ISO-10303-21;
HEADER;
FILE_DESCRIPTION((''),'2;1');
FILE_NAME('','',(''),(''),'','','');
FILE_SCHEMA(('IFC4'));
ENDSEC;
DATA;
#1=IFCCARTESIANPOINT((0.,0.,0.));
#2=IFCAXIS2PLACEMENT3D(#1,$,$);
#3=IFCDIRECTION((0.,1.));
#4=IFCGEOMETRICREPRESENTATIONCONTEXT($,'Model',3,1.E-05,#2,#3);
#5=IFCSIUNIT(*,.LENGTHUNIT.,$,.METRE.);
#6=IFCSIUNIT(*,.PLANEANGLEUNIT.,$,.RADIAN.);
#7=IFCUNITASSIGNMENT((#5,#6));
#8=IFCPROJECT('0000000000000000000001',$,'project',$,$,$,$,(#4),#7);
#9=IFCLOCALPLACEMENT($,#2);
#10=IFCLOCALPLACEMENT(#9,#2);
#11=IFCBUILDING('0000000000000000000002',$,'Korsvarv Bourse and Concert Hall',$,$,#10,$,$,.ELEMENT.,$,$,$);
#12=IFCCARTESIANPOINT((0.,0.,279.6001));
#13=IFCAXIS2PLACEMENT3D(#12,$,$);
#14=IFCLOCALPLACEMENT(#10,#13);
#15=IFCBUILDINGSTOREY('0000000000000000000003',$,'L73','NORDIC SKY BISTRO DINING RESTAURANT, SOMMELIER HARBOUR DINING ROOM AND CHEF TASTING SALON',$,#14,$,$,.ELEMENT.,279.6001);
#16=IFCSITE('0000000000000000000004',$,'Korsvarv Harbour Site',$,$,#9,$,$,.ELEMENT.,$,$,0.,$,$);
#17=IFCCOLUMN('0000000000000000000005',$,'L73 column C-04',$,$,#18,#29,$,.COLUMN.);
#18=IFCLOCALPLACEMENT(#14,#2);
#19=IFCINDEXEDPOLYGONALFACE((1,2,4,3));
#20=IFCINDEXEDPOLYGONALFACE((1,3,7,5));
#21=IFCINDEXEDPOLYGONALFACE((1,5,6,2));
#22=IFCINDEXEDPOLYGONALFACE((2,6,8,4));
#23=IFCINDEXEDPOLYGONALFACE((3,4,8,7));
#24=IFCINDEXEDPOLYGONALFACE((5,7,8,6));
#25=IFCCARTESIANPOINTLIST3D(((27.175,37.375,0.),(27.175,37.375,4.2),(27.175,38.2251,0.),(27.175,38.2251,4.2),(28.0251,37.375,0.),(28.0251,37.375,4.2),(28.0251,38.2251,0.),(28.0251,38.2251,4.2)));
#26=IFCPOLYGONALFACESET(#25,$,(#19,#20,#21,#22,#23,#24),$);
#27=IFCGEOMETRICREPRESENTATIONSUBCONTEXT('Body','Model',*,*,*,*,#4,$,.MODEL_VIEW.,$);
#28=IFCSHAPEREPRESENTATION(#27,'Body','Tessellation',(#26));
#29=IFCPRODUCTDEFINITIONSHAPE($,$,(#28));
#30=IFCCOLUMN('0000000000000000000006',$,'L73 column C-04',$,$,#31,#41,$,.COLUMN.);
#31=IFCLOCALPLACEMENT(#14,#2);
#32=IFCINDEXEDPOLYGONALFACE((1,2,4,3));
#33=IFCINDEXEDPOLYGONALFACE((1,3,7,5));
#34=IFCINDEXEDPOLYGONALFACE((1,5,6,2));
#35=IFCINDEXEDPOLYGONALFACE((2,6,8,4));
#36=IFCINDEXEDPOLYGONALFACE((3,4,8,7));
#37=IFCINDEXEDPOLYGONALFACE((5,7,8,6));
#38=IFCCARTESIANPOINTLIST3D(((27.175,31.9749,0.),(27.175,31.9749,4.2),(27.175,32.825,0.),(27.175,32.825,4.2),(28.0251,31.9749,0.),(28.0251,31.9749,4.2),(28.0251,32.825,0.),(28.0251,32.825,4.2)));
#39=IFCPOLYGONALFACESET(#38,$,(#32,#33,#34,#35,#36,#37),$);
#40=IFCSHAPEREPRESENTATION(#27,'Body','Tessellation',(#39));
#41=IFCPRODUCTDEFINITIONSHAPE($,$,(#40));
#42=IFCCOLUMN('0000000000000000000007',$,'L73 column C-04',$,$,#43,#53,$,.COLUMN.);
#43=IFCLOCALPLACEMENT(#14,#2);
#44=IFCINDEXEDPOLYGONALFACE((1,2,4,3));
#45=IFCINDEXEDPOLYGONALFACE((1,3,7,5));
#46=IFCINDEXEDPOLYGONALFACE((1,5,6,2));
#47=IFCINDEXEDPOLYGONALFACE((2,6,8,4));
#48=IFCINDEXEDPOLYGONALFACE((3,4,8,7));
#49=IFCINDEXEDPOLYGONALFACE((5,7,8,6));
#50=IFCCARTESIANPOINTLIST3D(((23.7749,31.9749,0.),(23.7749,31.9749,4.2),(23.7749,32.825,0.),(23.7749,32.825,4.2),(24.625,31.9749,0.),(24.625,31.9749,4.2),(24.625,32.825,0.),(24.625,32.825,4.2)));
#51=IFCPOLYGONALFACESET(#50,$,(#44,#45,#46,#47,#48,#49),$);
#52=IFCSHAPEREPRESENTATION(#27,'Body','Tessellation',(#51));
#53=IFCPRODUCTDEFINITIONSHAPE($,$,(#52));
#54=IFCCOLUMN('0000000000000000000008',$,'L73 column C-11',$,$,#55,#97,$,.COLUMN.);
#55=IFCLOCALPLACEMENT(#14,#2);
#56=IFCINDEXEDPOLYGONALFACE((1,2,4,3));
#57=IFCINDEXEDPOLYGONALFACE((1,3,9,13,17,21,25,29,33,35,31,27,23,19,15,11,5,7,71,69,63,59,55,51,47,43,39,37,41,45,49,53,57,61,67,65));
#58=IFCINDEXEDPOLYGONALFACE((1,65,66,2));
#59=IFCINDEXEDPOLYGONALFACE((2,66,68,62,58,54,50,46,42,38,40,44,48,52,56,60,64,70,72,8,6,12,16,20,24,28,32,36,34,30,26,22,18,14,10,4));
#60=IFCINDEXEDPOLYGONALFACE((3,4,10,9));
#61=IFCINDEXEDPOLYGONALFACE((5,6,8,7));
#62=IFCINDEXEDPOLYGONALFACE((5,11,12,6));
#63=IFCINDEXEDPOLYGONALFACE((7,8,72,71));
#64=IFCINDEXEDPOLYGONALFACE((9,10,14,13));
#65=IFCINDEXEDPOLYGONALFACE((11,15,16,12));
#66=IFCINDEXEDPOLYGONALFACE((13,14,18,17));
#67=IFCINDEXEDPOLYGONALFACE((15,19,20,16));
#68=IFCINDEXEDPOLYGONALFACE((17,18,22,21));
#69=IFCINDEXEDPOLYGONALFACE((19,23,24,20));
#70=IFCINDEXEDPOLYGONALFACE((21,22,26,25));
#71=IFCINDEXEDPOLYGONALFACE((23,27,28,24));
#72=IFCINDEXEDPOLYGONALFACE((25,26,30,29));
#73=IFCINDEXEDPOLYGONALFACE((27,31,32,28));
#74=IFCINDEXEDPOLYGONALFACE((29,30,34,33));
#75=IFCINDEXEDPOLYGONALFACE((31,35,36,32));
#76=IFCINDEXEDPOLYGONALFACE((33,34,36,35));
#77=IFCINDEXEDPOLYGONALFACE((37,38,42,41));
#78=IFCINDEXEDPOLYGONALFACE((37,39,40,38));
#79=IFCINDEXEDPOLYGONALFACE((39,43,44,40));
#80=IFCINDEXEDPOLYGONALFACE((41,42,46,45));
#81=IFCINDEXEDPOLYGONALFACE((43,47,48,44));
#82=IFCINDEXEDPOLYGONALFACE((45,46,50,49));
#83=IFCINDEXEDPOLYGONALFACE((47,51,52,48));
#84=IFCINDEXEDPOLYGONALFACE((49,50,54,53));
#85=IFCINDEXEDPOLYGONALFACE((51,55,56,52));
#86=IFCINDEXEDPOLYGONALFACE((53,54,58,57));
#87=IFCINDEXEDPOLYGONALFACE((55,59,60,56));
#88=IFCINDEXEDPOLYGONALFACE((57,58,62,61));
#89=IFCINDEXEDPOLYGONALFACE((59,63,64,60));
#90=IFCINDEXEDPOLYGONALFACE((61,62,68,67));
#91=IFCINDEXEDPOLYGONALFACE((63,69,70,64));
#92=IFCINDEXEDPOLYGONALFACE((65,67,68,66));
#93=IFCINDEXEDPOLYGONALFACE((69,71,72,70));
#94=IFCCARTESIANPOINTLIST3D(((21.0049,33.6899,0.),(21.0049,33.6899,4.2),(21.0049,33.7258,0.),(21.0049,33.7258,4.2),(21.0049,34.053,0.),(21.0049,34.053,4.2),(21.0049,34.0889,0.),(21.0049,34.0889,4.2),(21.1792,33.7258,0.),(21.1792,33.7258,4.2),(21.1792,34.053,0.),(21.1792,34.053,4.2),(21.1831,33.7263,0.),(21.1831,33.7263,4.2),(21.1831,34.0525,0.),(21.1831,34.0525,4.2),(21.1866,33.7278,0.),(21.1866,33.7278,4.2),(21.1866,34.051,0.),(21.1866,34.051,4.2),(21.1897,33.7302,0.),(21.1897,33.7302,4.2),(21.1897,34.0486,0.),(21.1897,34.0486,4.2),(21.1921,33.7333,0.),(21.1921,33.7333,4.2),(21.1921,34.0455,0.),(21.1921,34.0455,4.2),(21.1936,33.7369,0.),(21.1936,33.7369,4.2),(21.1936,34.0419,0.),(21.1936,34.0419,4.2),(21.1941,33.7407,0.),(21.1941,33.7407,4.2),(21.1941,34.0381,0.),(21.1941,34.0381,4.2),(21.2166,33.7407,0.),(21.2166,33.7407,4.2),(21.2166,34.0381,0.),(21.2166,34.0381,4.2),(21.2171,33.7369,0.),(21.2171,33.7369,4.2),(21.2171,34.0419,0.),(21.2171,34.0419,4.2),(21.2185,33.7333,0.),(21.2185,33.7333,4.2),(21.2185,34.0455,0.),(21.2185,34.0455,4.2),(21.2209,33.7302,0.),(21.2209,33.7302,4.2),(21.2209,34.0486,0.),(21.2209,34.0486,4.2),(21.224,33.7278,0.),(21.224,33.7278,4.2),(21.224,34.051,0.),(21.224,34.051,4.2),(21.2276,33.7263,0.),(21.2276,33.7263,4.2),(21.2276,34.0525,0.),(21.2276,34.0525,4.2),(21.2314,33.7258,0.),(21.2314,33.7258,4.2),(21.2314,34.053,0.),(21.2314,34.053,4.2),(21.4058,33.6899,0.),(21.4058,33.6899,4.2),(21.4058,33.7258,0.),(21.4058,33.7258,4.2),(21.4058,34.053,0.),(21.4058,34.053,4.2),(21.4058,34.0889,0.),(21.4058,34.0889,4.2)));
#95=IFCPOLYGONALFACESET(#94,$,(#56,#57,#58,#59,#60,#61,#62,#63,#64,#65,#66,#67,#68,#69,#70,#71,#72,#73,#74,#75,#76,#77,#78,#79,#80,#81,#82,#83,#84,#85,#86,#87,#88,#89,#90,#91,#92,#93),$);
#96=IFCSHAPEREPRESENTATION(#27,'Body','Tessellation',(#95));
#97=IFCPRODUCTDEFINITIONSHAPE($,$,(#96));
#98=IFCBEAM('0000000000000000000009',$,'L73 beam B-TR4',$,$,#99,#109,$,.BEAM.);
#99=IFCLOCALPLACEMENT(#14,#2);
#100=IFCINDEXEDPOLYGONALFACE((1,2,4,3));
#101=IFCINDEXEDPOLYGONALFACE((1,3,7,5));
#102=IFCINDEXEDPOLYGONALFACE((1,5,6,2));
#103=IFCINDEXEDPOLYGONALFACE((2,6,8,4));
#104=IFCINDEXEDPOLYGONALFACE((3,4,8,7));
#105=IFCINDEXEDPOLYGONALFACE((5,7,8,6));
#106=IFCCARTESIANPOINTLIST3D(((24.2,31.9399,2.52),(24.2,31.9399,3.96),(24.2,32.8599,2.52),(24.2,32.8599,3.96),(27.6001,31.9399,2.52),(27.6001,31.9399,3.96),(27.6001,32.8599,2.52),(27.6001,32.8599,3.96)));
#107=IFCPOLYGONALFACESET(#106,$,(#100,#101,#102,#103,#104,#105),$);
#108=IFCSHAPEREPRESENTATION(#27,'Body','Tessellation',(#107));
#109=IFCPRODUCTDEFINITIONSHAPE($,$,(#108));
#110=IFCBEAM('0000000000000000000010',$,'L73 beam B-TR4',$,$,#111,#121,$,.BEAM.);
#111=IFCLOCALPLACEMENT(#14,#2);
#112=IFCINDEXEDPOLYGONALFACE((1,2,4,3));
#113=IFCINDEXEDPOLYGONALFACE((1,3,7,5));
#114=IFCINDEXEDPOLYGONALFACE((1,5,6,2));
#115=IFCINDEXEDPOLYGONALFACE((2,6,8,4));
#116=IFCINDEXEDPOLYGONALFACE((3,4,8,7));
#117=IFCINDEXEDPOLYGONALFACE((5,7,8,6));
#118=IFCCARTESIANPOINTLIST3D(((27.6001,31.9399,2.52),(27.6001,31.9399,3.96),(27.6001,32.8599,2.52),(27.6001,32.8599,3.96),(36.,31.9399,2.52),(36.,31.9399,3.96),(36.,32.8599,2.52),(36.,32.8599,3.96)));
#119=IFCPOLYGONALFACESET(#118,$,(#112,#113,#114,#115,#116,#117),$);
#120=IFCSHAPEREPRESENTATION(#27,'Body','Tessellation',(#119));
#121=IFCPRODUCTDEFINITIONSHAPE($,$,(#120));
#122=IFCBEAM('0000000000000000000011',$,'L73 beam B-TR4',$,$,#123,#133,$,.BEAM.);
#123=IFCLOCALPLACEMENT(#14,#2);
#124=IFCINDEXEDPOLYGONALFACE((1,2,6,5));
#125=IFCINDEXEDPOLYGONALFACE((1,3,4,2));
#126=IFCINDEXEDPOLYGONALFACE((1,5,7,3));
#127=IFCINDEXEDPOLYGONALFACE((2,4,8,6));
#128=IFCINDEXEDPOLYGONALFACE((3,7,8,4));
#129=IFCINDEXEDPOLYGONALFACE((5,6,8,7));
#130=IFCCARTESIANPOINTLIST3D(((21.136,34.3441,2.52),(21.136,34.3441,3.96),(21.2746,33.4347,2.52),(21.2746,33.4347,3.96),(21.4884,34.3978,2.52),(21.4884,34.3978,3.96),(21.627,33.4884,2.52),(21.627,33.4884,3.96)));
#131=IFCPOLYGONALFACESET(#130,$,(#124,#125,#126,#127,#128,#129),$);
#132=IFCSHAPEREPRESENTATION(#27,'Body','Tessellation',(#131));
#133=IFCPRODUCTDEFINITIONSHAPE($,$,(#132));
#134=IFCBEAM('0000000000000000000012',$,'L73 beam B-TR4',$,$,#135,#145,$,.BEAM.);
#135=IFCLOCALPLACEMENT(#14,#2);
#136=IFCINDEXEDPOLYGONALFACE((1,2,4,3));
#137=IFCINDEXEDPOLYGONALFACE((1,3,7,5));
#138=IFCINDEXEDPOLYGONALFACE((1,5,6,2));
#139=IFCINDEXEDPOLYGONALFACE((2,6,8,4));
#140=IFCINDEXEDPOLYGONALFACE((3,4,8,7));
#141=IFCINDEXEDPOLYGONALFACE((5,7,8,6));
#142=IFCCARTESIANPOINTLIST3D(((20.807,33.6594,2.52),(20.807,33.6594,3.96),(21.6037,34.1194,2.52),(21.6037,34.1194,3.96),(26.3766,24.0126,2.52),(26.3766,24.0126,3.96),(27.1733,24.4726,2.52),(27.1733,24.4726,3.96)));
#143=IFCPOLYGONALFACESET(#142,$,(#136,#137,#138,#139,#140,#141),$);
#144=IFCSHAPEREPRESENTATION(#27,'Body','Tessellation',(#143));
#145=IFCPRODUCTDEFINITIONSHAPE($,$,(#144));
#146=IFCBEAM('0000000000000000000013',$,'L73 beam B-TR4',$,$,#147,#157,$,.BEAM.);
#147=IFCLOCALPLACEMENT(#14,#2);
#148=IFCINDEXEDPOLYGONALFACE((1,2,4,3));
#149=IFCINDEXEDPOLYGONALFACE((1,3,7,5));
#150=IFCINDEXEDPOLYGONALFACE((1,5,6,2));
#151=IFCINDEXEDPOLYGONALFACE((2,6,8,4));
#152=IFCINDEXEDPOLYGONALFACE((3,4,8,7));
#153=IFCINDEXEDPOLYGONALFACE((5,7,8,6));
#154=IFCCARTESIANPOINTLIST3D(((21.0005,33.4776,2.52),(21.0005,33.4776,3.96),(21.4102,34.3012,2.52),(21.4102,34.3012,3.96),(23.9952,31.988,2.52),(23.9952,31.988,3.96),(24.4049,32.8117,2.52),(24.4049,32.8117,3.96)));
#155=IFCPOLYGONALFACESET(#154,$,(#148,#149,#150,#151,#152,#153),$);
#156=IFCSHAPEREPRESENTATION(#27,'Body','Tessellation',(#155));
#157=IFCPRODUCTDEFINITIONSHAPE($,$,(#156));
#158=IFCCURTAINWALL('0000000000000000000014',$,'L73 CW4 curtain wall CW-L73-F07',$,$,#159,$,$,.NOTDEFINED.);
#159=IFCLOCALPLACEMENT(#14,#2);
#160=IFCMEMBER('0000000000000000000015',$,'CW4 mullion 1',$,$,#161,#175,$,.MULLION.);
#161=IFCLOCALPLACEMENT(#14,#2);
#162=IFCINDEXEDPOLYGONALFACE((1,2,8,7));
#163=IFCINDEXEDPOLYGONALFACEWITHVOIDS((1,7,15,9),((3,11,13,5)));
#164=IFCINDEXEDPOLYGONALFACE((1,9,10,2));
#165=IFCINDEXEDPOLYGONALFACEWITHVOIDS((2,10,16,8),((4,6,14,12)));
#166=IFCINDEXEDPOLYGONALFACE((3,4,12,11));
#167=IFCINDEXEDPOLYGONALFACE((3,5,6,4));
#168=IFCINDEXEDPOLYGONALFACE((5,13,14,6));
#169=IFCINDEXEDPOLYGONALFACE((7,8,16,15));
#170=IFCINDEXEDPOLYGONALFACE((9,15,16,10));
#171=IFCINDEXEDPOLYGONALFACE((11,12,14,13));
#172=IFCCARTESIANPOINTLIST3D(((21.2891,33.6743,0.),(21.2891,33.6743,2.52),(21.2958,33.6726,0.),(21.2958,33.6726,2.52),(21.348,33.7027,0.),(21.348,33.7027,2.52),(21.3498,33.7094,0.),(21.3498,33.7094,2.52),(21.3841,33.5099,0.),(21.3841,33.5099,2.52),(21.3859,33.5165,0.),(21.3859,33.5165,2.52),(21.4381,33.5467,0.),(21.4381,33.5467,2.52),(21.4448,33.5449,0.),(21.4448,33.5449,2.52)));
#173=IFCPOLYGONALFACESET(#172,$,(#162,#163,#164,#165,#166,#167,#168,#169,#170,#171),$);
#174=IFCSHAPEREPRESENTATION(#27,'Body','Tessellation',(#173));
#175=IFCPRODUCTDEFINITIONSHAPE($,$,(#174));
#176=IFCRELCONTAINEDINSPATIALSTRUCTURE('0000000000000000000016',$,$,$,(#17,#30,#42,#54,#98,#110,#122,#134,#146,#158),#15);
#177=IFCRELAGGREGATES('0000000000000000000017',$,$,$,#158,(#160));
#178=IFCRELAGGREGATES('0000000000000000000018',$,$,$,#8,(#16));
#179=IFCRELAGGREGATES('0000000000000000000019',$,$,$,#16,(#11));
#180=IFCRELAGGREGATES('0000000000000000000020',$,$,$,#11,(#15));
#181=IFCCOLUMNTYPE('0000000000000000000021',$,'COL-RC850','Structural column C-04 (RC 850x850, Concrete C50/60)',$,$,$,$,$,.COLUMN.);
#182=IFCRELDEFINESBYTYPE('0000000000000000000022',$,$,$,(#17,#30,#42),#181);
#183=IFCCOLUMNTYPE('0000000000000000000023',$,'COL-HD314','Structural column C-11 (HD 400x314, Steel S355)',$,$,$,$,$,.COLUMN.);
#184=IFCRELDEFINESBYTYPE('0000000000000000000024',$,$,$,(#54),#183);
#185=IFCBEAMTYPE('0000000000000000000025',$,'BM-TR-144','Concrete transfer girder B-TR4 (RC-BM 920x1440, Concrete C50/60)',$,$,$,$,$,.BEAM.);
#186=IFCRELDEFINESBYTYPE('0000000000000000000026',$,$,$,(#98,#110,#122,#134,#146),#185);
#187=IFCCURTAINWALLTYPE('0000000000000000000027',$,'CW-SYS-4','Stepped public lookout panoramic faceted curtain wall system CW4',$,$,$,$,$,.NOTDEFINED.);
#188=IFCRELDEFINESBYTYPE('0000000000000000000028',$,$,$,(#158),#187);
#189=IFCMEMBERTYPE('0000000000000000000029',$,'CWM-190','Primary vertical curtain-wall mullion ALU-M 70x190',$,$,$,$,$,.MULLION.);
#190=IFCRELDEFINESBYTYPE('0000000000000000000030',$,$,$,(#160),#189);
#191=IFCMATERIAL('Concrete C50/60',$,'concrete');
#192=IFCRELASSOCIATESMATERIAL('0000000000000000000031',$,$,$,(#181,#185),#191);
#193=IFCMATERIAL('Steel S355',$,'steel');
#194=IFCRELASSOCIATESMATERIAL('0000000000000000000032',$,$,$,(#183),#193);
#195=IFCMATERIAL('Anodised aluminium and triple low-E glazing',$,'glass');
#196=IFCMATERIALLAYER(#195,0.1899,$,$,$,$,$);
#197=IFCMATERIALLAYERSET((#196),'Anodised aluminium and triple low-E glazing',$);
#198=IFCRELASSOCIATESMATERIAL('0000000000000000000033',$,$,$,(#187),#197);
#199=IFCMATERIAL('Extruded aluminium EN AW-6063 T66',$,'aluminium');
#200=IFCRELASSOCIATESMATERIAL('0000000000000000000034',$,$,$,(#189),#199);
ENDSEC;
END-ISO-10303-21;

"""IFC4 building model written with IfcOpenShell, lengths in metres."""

from ifc_helpers import new_model, si_unit, direction, frame, origin, origin_2d, place, context, subcontext, project, spatial, rectangle, hollow_rectangle, i_section, extrude, source, transform, mapped, material, layer, layer_set, material_profile, profile_set, type_object, element, aggregate, save


model = new_model("IFC4")

# Units and contexts
model_context = context("Model", 3, precision=1e-05, world=origin(), true_north=direction((0.0, 1.0)))
body_context = subcontext(model_context, "Body", "Model", "MODEL_VIEW")
ifc_project = project(units=[si_unit("LENGTHUNIT", "METRE"), si_unit("PLANEANGLEUNIT", "RADIAN")], contexts=[model_context])

# Site, building, storey
site_placement = place(None, origin())
site = spatial("IfcSite", under=ifc_project, at=site_placement, Name="Korsvarv Harbour Site", CompositionType="ELEMENT", RefElevation=0.0)
building_placement = place(site_placement, origin())
building = spatial("IfcBuilding", under=site, at=building_placement, Name="Korsvarv Bourse and Concert Hall", CompositionType="ELEMENT")
storey_placement = place(building_placement, frame((0.0, 0.0, 279.6001)))
storey = spatial("IfcBuildingStorey", under=building, at=storey_placement, Name="L73", Description="NORDIC SKY BISTRO DINING RESTAURANT, SOMMELIER HARBOUR DINING ROOM AND CHEF TASTING SALON", CompositionType="ELEMENT", Elevation=279.6001)

# Columns
ifc_material_1 = material(Name="Concrete C50/60", Category="concrete")
ifc_material_profile_1 = material_profile(ifc_material_1, rectangle(XDim=0.8501, YDim=0.8501, at=origin_2d()), Name="RC 850x850")
ifc_profile_set_1 = profile_set([ifc_material_profile_1], Name="Concrete C50/60")
column_type_1 = type_object("IfcColumnType", Name="COL-RC850", Description="Structural column C-04 (RC 850x850, Concrete C50/60)", PredefinedType="COLUMN", material=ifc_profile_set_1)
shared_shape_1 = source(origin(), body_context, "Body", "SweptSolid", [
    extrude(rectangle(XDim=0.8501, YDim=0.8501, at=origin_2d()), origin(), (0.0, 0.0, 1.0), 4.2),
])
for number, where, z_axis, x_axis, name in (
    (1, (27.6001, 37.8, 0.0), (0.0, 0.0, 1.0), (1.0, 0.0, 0.0), "L73 column C-04"),
    (2, (27.6001, 32.3999, 0.0), (0.0, 0.0, 1.0), (1.0, 0.0, 0.0), "L73 column C-04"),
    (3, (24.2, 32.3999, 0.0), (0.0, 0.0, 1.0), (1.0, 0.0, 0.0), "L73 column C-04"),
):
    element("IfcColumn", number, at=place(storey_placement, frame(where, z_axis=z_axis, x_axis=x_axis)), inside=storey, type_object=column_type_1, Name=name, PredefinedType="COLUMN", context=body_context, shape_type="MappedRepresentation", body=[
        mapped(shared_shape_1, transform((0.0, 0.0, 0.0), scale=1.0)),
    ])
ifc_material_2 = material(Name="Steel S355", Category="steel")
ifc_material_profile_2 = material_profile(ifc_material_2, i_section(OverallWidth=0.4009, OverallDepth=0.3989, WebThickness=0.0225, FlangeThickness=0.0359, FilletRadius=0.0149, at=origin_2d()), Name="HD 400x314")
ifc_profile_set_2 = profile_set([ifc_material_profile_2], Name="Steel S355")
column_type_2 = type_object("IfcColumnType", Name="COL-HD314", Description="Structural column C-11 (HD 400x314, Steel S355)", PredefinedType="COLUMN", material=ifc_profile_set_2)
shared_shape_2 = source(origin(), body_context, "Body", "SweptSolid", [
    extrude(i_section(OverallWidth=0.4009, OverallDepth=0.3989, WebThickness=0.0225, FlangeThickness=0.0359, FilletRadius=0.0149, at=origin_2d()), origin(), (0.0, 0.0, 1.0), 4.2),
])
column_placement = place(storey_placement, frame((21.2053, 33.8894, 0.0), z_axis=(0.0, 0.0, 1.0), x_axis=(1.0, 0.0, 0.0)))
element("IfcColumn", 4, at=column_placement, inside=storey, type_object=column_type_2, Name="L73 column C-11", PredefinedType="COLUMN", context=body_context, shape_type="MappedRepresentation", body=[
    mapped(shared_shape_2, transform((0.0, 0.0, 0.0), scale=1.0)),
])

# Beams
ifc_material_profile_3 = material_profile(ifc_material_1, rectangle(XDim=0.9199, YDim=1.4399, at=origin_2d()), Name="RC-BM 920x1440")
ifc_profile_set_3 = profile_set([ifc_material_profile_3], Name="Concrete C50/60")
beam_type = type_object("IfcBeamType", Name="BM-TR-144", Description="Concrete transfer girder B-TR4 (RC-BM 920x1440, Concrete C50/60)", PredefinedType="BEAM", material=ifc_profile_set_3)
shared_shape_3 = source(origin(), body_context, "Body", "SweptSolid", [
    extrude(rectangle(XDim=0.9199, YDim=1.4399, at=origin_2d()), origin(), (0.0, 0.0, 1.0), 3.4001),
])
beam_1_placement = place(storey_placement, frame((24.2, 32.3999, 3.24), z_axis=(1.0, 0.0, 0.0), x_axis=(0.0, 1.0, 0.0)))
element("IfcBeam", 5, at=beam_1_placement, inside=storey, type_object=beam_type, Name="L73 beam B-TR4", PredefinedType="BEAM", context=body_context, shape_type="MappedRepresentation", body=[
    mapped(shared_shape_3, transform((0.0, 0.0, 0.0), scale=1.0)),
])
shared_shape_4 = source(origin(), body_context, "Body", "SweptSolid", [
    extrude(rectangle(XDim=0.9199, YDim=1.4399, at=origin_2d()), origin(), (0.0, 0.0, 1.0), 8.3999),
])
beam_2_placement = place(storey_placement, frame((27.6001, 32.3999, 3.24), z_axis=(1.0, 0.0, 0.0), x_axis=(0.0, 1.0, 0.0)))
element("IfcBeam", 6, at=beam_2_placement, inside=storey, type_object=beam_type, Name="L73 beam B-TR4", PredefinedType="BEAM", context=body_context, shape_type="MappedRepresentation", body=[
    mapped(shared_shape_4, transform((0.0, 0.0, 0.0), scale=1.0)),
])
shared_shape_5 = source(origin(), body_context, "Body", "SweptSolid", [
    extrude(rectangle(XDim=0.9199, YDim=1.4399, at=origin_2d()), origin(), (0.0, 0.0, 1.0), 0.3564),
])
beam_3_placement = place(storey_placement, frame((21.2053, 33.8894, 3.24), z_axis=(0.988577, 0.150719, 0.0), x_axis=(-0.150719, 0.988577, 0.0)))
element("IfcBeam", 7, at=beam_3_placement, inside=storey, type_object=beam_type, Name="L73 beam B-TR4", PredefinedType="BEAM", context=body_context, shape_type="MappedRepresentation", body=[
    mapped(shared_shape_5, transform((0.0, 0.0, 0.0), scale=1.0)),
])
shared_shape_6 = source(origin(), body_context, "Body", "SweptSolid", [
    extrude(rectangle(XDim=0.9199, YDim=1.4399, at=origin_2d()), origin(), (0.0, 0.0, 1.0), 11.1392),
])
beam_4_placement = place(storey_placement, frame((21.2053, 33.8894, 3.24), z_axis=(0.500003, -0.866024, 0.0), x_axis=(0.866024, 0.500003, 0.0)))
element("IfcBeam", 8, at=beam_4_placement, inside=storey, type_object=beam_type, Name="L73 beam B-TR4", PredefinedType="BEAM", context=body_context, shape_type="MappedRepresentation", body=[
    mapped(shared_shape_6, transform((0.0, 0.0, 0.0), scale=1.0)),
])
shared_shape_7 = source(origin(), body_context, "Body", "SweptSolid", [
    extrude(rectangle(XDim=0.9199, YDim=1.4399, at=origin_2d()), origin(), (0.0, 0.0, 1.0), 3.3447),
])
beam_5_placement = place(storey_placement, frame((21.2053, 33.8894, 3.24), z_axis=(0.89536, -0.445344, 0.0), x_axis=(0.445344, 0.89536, 0.0)))
element("IfcBeam", 9, at=beam_5_placement, inside=storey, type_object=beam_type, Name="L73 beam B-TR4", PredefinedType="BEAM", context=body_context, shape_type="MappedRepresentation", body=[
    mapped(shared_shape_7, transform((0.0, 0.0, 0.0), scale=1.0)),
])

# Curtain wall, member
ifc_material_3 = material(Name="Anodised aluminium and triple low-E glazing", Category="glass")
ifc_layer_1 = layer(ifc_material_3, 0.1899)
ifc_layer_set_1 = layer_set([ifc_layer_1], Name="Anodised aluminium and triple low-E glazing")
curtain_wall_type = type_object("IfcCurtainWallType", Name="CW-SYS-4", Description="Stepped public lookout panoramic faceted curtain wall system CW4", PredefinedType="NOTDEFINED", material=ifc_layer_set_1)
curtain_wall_placement = place(storey_placement, origin())
curtain_wall = element("IfcCurtainWall", 10, at=curtain_wall_placement, inside=storey, type_object=curtain_wall_type, Name="L73 CW4 curtain wall CW-L73-F07", PredefinedType="NOTDEFINED")
ifc_material_4 = material(Name="Extruded aluminium EN AW-6063 T66", Category="aluminium")
ifc_material_profile_4 = material_profile(ifc_material_4, hollow_rectangle(XDim=0.0701, YDim=0.1899, WallThickness=0.0049, at=origin_2d()), Name="ALU-M 70x190")
ifc_profile_set_4 = profile_set([ifc_material_profile_4], Name="Extruded aluminium EN AW-6063 T66")
member_type_1 = type_object("IfcMemberType", Name="CWM-190", Description="Primary vertical curtain-wall mullion ALU-M 70x190", PredefinedType="MULLION", material=ifc_profile_set_4)
shared_shape_8 = source(origin(), body_context, "Body", "SweptSolid", [
    extrude(hollow_rectangle(XDim=0.0701, YDim=0.1899, WallThickness=0.0049, at=origin_2d()), origin(), (0.0, 0.0, 1.0), 2.52),
])
member_1_placement = place(storey_placement, frame((21.3669, 33.6096, 0.0), z_axis=(0.0, 0.0, 1.0), x_axis=(0.866027, 0.499998, 0.0)))
member_1 = element("IfcMember", 11, at=member_1_placement, type_object=member_type_1, Name="CW4 mullion 1", PredefinedType="MULLION", context=body_context, shape_type="MappedRepresentation", body=[
    mapped(shared_shape_8, transform((0.0, 0.0, 0.0), scale=1.0)),
])
aggregate(curtain_wall, [member_1])

save(model, "model.ifc")
